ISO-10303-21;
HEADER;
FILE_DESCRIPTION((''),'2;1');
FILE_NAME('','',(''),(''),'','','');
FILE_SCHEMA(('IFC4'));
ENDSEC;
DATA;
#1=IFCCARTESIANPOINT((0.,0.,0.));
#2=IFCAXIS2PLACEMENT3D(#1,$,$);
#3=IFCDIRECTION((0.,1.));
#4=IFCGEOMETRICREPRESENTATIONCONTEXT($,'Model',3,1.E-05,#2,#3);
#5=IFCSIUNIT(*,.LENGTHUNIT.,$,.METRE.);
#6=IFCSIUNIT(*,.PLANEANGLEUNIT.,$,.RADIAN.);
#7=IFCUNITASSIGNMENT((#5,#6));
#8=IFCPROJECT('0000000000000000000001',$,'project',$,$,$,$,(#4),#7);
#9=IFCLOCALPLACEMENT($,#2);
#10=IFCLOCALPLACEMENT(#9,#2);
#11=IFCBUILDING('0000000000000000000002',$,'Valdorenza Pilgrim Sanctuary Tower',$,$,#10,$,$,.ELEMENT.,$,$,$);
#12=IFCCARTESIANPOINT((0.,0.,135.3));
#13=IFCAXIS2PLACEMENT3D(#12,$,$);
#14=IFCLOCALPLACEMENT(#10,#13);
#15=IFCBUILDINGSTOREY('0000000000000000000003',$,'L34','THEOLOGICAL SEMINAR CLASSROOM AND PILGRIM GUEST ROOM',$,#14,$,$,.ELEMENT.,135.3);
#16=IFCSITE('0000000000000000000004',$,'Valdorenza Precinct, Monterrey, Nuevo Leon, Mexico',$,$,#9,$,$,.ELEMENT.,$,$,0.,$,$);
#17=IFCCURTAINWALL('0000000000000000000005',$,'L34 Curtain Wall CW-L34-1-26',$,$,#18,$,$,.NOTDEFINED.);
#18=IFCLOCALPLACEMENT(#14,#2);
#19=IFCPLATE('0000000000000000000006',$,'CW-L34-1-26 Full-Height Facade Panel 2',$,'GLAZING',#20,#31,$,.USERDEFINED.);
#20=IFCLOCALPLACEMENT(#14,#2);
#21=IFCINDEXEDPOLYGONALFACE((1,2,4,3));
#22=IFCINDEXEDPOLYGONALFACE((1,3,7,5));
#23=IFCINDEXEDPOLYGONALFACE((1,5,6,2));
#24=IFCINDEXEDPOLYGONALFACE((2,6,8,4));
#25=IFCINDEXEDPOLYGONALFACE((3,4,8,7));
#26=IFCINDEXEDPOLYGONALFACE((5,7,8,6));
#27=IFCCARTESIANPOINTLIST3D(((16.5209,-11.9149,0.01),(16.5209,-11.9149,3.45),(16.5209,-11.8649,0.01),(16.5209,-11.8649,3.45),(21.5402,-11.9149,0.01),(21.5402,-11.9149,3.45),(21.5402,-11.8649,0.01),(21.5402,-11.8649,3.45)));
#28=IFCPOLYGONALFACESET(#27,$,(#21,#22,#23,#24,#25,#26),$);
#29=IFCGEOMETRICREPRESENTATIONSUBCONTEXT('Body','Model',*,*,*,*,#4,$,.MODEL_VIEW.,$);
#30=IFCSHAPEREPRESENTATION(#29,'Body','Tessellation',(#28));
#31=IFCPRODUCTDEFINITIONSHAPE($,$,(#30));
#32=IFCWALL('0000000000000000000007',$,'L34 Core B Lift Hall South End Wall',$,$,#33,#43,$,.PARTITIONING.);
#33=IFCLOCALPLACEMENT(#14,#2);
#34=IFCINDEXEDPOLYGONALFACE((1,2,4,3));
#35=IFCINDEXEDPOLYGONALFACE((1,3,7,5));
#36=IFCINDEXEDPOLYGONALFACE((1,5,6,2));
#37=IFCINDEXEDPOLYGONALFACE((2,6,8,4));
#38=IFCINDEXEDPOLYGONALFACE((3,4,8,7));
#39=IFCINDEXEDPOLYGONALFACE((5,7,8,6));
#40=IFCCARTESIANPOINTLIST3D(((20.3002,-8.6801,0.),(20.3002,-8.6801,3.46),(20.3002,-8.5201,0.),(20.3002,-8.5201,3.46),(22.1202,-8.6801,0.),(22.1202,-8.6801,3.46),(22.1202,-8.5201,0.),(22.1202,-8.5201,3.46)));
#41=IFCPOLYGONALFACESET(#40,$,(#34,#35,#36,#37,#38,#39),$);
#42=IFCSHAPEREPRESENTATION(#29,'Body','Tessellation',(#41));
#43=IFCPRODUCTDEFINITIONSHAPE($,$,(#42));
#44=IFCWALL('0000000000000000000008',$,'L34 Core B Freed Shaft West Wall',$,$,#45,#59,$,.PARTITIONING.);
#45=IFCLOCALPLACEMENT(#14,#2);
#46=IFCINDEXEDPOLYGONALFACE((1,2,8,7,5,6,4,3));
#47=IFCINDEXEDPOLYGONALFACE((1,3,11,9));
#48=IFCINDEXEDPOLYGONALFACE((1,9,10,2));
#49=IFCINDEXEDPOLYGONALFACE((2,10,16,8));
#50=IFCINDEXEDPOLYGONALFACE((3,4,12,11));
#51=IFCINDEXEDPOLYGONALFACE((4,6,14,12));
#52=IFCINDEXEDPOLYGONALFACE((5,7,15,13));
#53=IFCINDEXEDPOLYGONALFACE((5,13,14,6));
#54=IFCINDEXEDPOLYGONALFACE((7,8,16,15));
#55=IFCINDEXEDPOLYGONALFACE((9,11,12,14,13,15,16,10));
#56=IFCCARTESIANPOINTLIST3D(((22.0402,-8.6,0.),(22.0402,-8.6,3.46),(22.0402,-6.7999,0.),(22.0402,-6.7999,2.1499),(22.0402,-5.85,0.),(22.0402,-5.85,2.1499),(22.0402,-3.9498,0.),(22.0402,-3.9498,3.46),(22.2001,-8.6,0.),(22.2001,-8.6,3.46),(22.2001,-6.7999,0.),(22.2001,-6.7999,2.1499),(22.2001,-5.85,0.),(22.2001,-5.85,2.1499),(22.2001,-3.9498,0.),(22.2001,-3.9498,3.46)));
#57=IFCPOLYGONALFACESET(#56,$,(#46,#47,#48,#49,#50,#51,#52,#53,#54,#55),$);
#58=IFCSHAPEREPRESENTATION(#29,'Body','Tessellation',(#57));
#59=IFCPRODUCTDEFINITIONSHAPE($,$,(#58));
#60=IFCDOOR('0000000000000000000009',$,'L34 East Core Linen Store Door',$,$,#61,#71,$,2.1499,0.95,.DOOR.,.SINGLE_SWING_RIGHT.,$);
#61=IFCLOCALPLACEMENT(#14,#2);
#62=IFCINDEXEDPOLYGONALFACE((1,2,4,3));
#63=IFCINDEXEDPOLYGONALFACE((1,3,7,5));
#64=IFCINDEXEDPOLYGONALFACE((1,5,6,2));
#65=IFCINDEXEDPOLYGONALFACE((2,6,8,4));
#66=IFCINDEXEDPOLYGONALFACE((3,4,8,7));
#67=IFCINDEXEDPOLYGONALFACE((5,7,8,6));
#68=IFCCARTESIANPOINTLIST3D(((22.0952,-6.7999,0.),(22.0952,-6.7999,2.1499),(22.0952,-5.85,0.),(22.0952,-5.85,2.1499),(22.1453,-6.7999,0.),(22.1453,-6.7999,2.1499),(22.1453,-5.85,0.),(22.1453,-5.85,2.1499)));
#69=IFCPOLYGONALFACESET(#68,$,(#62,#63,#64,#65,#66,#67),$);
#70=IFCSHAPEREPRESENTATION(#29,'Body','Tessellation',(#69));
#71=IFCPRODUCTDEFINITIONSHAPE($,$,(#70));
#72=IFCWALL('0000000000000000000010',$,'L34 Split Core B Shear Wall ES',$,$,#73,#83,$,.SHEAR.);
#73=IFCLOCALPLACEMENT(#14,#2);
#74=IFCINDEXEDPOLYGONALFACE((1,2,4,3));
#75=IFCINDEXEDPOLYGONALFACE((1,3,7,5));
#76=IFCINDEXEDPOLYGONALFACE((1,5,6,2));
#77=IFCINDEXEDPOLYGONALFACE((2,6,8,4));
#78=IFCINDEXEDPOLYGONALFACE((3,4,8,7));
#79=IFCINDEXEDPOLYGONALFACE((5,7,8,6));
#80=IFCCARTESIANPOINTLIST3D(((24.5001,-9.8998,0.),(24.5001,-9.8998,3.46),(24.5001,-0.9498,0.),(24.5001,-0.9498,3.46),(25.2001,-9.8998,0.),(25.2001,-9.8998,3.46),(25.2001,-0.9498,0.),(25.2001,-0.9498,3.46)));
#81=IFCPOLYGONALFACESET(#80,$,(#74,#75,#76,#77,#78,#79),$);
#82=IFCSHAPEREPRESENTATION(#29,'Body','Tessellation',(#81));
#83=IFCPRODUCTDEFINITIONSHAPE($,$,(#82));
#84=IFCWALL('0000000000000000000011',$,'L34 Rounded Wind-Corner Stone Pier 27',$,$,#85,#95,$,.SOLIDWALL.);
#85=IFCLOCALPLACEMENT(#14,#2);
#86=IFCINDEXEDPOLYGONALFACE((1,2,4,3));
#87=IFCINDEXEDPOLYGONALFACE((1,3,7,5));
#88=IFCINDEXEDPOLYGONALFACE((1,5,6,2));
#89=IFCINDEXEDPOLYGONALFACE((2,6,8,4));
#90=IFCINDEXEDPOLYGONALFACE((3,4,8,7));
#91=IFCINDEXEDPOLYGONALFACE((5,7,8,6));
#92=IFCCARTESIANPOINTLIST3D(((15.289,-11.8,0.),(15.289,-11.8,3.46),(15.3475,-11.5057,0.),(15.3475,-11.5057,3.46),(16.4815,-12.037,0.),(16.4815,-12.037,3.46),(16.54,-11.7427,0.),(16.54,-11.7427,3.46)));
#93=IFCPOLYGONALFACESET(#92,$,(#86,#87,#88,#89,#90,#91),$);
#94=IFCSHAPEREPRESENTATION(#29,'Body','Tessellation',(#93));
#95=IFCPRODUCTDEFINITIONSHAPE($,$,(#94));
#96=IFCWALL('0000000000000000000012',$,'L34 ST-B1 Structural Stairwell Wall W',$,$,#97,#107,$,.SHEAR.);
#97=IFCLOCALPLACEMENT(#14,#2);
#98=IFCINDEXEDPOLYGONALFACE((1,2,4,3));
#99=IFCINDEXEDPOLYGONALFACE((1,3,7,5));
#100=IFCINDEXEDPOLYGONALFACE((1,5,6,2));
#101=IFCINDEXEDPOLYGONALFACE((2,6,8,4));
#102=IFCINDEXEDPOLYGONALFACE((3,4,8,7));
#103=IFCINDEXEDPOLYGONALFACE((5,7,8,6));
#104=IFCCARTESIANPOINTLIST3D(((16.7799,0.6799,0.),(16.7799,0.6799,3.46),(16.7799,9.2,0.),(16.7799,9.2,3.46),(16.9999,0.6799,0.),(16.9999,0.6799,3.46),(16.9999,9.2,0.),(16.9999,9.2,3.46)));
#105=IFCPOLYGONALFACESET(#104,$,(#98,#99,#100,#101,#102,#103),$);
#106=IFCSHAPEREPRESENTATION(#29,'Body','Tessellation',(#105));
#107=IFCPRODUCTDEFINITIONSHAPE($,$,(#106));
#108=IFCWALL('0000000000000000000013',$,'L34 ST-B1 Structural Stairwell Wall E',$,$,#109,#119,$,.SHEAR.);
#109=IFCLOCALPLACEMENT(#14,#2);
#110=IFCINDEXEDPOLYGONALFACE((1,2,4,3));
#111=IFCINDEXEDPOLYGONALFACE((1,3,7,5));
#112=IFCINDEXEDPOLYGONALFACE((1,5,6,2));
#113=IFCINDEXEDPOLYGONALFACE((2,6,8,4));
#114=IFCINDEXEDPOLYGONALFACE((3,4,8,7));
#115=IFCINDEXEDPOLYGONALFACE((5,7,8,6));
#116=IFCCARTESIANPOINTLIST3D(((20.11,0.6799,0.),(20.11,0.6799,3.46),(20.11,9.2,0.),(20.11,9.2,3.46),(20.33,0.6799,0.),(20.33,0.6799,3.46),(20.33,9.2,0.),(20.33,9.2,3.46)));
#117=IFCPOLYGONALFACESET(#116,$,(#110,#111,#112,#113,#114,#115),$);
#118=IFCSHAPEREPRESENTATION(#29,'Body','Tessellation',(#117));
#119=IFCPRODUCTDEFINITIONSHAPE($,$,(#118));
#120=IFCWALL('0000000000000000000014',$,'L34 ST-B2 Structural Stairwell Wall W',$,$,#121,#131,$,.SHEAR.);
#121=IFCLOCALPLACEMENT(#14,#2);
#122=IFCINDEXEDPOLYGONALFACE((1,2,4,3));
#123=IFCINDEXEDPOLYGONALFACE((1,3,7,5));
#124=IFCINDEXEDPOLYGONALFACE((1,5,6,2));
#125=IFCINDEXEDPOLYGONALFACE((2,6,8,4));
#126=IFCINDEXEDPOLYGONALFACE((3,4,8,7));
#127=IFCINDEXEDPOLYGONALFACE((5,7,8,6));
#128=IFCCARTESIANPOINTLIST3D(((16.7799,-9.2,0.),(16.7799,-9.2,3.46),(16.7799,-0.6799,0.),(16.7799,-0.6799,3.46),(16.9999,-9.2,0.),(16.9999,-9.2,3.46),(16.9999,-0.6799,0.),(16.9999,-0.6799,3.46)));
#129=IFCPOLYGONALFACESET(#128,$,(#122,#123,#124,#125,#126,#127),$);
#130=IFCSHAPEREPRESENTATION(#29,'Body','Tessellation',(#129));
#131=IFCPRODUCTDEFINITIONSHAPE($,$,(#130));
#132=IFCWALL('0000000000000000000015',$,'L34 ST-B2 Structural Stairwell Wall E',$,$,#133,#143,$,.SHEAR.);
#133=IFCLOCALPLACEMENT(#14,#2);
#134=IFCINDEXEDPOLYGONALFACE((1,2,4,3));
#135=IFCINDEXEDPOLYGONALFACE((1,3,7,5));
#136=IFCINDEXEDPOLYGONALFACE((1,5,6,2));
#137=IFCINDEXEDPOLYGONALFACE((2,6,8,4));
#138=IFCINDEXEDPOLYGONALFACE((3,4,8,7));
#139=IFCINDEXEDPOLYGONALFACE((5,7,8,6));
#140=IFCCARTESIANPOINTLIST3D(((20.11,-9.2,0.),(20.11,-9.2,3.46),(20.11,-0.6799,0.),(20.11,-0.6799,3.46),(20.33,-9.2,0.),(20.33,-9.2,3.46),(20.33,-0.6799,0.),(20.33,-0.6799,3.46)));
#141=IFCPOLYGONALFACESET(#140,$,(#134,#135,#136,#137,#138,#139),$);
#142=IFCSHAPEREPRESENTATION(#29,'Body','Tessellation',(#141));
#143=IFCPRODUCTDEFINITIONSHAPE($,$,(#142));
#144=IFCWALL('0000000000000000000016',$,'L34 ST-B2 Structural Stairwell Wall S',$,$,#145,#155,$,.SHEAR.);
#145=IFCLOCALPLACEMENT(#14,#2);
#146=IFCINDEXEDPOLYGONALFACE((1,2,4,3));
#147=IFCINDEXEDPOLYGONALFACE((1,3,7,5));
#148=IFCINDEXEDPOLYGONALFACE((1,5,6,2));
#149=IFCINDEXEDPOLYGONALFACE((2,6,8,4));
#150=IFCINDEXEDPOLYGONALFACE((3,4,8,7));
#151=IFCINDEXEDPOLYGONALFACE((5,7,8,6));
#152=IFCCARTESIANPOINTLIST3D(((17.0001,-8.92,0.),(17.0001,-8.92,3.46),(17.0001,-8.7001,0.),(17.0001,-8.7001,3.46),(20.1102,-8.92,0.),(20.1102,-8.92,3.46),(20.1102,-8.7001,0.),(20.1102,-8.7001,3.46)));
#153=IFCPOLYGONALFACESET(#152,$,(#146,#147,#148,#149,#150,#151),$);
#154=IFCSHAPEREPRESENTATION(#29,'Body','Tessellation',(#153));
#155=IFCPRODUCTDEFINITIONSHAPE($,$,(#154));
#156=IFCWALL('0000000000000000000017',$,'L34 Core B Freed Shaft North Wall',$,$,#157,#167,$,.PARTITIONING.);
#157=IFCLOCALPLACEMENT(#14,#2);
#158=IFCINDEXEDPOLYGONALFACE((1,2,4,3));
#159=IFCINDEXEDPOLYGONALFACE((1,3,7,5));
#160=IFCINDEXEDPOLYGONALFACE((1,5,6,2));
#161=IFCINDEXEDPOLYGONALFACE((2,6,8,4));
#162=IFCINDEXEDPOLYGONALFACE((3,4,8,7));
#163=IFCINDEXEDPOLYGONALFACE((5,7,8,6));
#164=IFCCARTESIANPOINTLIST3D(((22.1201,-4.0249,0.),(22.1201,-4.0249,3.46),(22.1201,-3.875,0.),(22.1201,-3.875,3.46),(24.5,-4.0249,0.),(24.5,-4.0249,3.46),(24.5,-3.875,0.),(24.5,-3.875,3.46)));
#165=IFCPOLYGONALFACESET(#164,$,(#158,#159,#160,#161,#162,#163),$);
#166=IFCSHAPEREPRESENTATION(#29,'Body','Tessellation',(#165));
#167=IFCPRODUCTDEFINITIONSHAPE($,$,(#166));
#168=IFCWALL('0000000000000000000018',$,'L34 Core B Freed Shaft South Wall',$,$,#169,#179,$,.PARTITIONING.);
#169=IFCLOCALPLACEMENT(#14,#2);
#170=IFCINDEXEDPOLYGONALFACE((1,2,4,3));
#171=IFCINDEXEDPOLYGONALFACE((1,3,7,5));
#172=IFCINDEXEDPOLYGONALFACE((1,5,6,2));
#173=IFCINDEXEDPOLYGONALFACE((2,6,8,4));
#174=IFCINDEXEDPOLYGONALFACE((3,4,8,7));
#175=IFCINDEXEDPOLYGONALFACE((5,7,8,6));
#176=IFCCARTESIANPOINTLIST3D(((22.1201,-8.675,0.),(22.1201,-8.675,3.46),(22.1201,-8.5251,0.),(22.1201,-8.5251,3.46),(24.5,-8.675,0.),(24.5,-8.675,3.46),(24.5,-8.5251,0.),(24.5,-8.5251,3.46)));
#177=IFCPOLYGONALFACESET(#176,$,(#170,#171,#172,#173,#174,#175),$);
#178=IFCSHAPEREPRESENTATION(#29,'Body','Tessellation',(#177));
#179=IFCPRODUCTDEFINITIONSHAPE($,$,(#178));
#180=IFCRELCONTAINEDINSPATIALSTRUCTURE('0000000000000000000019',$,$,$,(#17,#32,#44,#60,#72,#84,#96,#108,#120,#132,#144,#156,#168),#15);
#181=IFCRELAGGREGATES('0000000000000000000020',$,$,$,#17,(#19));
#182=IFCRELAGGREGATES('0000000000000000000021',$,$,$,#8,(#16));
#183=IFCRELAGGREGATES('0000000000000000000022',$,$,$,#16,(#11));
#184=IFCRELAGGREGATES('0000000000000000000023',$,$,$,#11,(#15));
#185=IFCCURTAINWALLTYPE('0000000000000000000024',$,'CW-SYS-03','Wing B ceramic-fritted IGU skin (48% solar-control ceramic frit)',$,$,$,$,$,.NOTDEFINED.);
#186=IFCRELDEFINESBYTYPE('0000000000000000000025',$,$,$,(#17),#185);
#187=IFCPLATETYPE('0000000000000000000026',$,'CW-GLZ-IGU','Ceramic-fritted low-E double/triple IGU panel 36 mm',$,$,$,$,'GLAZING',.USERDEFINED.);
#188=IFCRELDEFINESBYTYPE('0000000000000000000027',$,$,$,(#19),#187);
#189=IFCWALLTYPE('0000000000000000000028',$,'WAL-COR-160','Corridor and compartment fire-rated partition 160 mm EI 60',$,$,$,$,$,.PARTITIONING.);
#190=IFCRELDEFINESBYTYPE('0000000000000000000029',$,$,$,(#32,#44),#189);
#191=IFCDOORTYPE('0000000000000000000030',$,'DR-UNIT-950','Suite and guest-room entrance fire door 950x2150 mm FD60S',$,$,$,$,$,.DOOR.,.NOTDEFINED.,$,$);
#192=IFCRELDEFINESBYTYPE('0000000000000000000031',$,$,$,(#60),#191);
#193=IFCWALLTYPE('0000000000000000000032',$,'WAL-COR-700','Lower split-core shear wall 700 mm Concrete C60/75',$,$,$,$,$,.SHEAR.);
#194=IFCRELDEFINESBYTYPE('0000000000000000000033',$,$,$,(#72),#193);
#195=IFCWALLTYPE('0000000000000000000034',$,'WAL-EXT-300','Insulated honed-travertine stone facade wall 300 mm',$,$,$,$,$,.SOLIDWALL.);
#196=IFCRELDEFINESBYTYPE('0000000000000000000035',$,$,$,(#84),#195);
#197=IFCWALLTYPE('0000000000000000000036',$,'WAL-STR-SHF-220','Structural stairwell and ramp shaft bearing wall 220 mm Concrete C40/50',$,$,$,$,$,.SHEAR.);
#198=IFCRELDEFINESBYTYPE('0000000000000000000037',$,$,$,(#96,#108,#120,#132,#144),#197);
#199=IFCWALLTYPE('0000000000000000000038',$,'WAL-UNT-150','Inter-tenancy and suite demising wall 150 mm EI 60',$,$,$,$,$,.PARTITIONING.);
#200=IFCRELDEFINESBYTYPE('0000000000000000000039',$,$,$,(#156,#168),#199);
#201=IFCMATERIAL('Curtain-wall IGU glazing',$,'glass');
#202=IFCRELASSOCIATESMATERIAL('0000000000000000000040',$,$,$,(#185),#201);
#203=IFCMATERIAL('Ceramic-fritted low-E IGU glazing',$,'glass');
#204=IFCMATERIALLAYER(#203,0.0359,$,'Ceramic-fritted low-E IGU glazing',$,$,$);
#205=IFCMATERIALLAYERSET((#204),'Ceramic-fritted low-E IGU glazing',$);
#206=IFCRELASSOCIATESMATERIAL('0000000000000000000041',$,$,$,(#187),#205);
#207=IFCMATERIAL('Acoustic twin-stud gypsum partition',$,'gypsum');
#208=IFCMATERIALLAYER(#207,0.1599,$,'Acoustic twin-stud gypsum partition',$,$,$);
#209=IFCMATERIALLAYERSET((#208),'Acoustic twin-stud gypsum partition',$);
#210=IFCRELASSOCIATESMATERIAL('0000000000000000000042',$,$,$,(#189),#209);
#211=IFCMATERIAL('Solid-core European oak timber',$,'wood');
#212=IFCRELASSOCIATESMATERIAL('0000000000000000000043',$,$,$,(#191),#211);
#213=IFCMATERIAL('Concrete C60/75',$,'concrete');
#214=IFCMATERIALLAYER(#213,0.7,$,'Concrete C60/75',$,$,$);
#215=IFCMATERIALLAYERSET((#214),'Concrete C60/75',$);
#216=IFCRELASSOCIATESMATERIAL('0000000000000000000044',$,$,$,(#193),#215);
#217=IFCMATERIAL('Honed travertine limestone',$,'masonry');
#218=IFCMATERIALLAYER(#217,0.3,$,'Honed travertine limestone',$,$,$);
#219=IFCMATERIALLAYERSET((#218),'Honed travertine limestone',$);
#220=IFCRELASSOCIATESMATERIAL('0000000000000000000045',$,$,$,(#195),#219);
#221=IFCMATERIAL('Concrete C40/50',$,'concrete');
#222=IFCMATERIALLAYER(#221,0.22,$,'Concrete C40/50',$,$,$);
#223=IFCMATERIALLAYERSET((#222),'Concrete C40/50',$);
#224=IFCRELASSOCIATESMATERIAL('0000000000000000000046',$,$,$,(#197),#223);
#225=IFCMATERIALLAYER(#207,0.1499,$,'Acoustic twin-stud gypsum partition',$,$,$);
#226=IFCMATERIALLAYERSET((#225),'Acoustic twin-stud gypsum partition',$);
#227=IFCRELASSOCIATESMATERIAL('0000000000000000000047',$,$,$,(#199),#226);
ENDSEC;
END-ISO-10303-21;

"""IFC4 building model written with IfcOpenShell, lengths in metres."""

from ifc_helpers import new_model, si_unit, direction, frame, frame_2d, origin, origin_2d, place, context, subcontext, project, spatial, rectangle, extrude, source, transform, mapped, material, layer, layer_set, type_object, element, fill, aggregate, save


model = new_model("IFC4")

# Units and contexts
model_context = context("Model", 3, precision=1e-05, world=origin(), true_north=direction((0.0, 1.0)))
body_context = subcontext(model_context, "Body", "Model", "MODEL_VIEW")
ifc_project = project(units=[si_unit("LENGTHUNIT", "METRE"), si_unit("PLANEANGLEUNIT", "RADIAN")], contexts=[model_context])

# Site, building, storey
site_placement = place(None, origin())
site = spatial("IfcSite", under=ifc_project, at=site_placement, Name="Valdorenza Precinct, Monterrey, Nuevo Leon, Mexico", CompositionType="ELEMENT", RefElevation=0.0)
building_placement = place(site_placement, origin())
building = spatial("IfcBuilding", under=site, at=building_placement, Name="Valdorenza Pilgrim Sanctuary Tower", CompositionType="ELEMENT")
storey_placement = place(building_placement, frame((0.0, 0.0, 135.3)))
storey = spatial("IfcBuildingStorey", under=building, at=storey_placement, Name="L34", Description="THEOLOGICAL SEMINAR CLASSROOM AND PILGRIM GUEST ROOM", CompositionType="ELEMENT", Elevation=135.3)

# Shared definitions
ifc_material_1 = material(Name="Concrete C60/75", Category="concrete")

# Curtain wall, plate
ifc_material_2 = material(Name="Curtain-wall IGU glazing", Category="glass")
curtain_wall_type = type_object("IfcCurtainWallType", Name="CW-SYS-03", Description="Wing B ceramic-fritted IGU skin (48% solar-control ceramic frit)", PredefinedType="NOTDEFINED", material=ifc_material_2)
curtain_wall_placement = place(storey_placement, origin())
curtain_wall = element("IfcCurtainWall", 1, at=curtain_wall_placement, inside=storey, type_object=curtain_wall_type, Name="L34 Curtain Wall CW-L34-1-26", PredefinedType="NOTDEFINED")
ifc_material_3 = material(Name="Honed travertine limestone", Category="masonry")
ifc_material_4 = material(Name="Ceramic-fritted low-E IGU glazing", Category="glass")
ifc_layer_1 = layer(ifc_material_4, 0.0359, Name="Ceramic-fritted low-E IGU glazing")
ifc_layer_set_1 = layer_set([ifc_layer_1], Name="Ceramic-fritted low-E IGU glazing")
plate_type_1 = type_object("IfcPlateType", Name="CW-GLZ-IGU", Description="Ceramic-fritted low-E double/triple IGU panel 36 mm", ElementType="GLAZING", PredefinedType="USERDEFINED", material=ifc_layer_set_1)
shared_shape_1 = source(origin(), body_context, "Body", "SweptSolid", [
    extrude(rectangle(XDim=5.0193, YDim=0.05, at=origin_2d()), origin(), (0.0, 0.0, 1.0), 3.4399),
])
plate_1_placement = place(storey_placement, frame((19.0305, -11.8899, 0.01), z_axis=(0.0, 0.0, 1.0), x_axis=(-1.0, 0.0, 0.0)))
plate_1 = element("IfcPlate", 2, at=plate_1_placement, type_object=plate_type_1, Name="CW-L34-1-26 Full-Height Facade Panel 2", ObjectType="GLAZING", PredefinedType="USERDEFINED", context=body_context, shape_type="MappedRepresentation", body=[
    mapped(shared_shape_1, transform((0.0, 0.0, 0.0), x_axis=(1.0, 0.0, 0.0), y_axis=(0.0, 1.0, 0.0), z_axis=(0.0, 0.0, 1.0), scale=1.0)),
])
aggregate(curtain_wall, [plate_1])

# Wall
ifc_material_5 = material(Name="Acoustic twin-stud gypsum partition", Category="gypsum")
ifc_layer_2 = layer(ifc_material_5, 0.1599, Name="Acoustic twin-stud gypsum partition")
ifc_layer_set_2 = layer_set([ifc_layer_2], Name="Acoustic twin-stud gypsum partition")
wall_type_1 = type_object("IfcWallType", Name="WAL-COR-160", Description="Corridor and compartment fire-rated partition 160 mm EI 60", PredefinedType="PARTITIONING", material=ifc_layer_set_2)
wall_1_placement = place(storey_placement, frame((20.3, -8.6001, 0.0), z_axis=(0.0, 0.0, 1.0), x_axis=(1.0, 0.0, 0.0)))
element("IfcWall", 3, at=wall_1_placement, inside=storey, type_object=wall_type_1, Name="L34 Core B Lift Hall South End Wall", PredefinedType="PARTITIONING", context=body_context, shape_type="SweptSolid", body=[
    extrude(rectangle(XDim=1.8201, YDim=0.1599, at=frame_2d((0.9102, 0.0))), origin(), (0.0, 0.0, 1.0), 3.46),
])

# Wall, opening, door
wall_2_placement = place(storey_placement, frame((22.1201, -8.6001, 0.0), z_axis=(0.0, 0.0, 1.0), x_axis=(0.0, 1.0, 0.0)))
wall_2 = element("IfcWall", 4, at=wall_2_placement, inside=storey, type_object=wall_type_1, Name="L34 Core B Freed Shaft West Wall", PredefinedType="PARTITIONING", context=body_context, shape_type="SweptSolid", body=[
    extrude(rectangle(XDim=4.6501, YDim=0.1599, at=frame_2d((2.3252, 0.0))), origin(), (0.0, 0.0, 1.0), 3.46),
])
opening_1_placement = place(wall_2_placement, frame((1.8, 0.0, 0.0)))
opening_1 = element("IfcOpeningElement", 5, at=opening_1_placement, cuts=wall_2, PredefinedType="OPENING", context=body_context, shape_type="SweptSolid", body=[
    extrude(rectangle(XDim=0.95, YDim=2.1499, at=frame_2d((0.4751, 1.075))), frame((0.0, 0.0947, 0.0), z_axis=(0.0, -1.0, 0.0), x_axis=(1.0, 0.0, 0.0)), (0.0, 0.0, 1.0), 0.1897),
])
ifc_material_6 = material(Name="Solid-core European oak timber", Category="wood")
door_type_1 = type_object("IfcDoorType", Name="DR-UNIT-950", Description="Suite and guest-room entrance fire door 950x2150 mm FD60S", OperationType="NOTDEFINED", PredefinedType="DOOR", material=ifc_material_6)
door_1_placement = place(opening_1_placement, origin())
door_1 = element("IfcDoor", 6, at=door_1_placement, inside=storey, type_object=door_type_1, Name="L34 East Core Linen Store Door", OperationType="SINGLE_SWING_RIGHT", OverallHeight=2.1499, OverallWidth=0.95, PredefinedType="DOOR", context=body_context, shape_type="SweptSolid", body=[
    extrude(rectangle(XDim=0.95, YDim=2.1499, at=frame_2d((0.4751, 1.075))), frame((0.0, 0.0249, 0.0), z_axis=(0.0, -1.0, 0.0), x_axis=(1.0, 0.0, 0.0)), (0.0, 0.0, 1.0), 0.05),
])
fill(opening_1, door_1)

# Walls
ifc_layer_3 = layer(ifc_material_1, 0.7, Name="Concrete C60/75")
ifc_layer_set_3 = layer_set([ifc_layer_3], Name="Concrete C60/75")
wall_type_2 = type_object("IfcWallType", Name="WAL-COR-700", Description="Lower split-core shear wall 700 mm Concrete C60/75", PredefinedType="SHEAR", material=ifc_layer_set_3)
wall_3_placement = place(storey_placement, frame((24.8501, -9.8999, 0.0), z_axis=(0.0, 0.0, 1.0), x_axis=(0.0, 1.0, 0.0)))
element("IfcWall", 7, at=wall_3_placement, inside=storey, type_object=wall_type_2, Name="L34 Split Core B Shear Wall ES", PredefinedType="SHEAR", context=body_context, shape_type="SweptSolid", body=[
    extrude(rectangle(XDim=8.95, YDim=0.7, at=frame_2d((4.4751, 0.0))), origin(), (0.0, 0.0, 1.0), 3.46),
])
ifc_layer_4 = layer(ifc_material_3, 0.3, Name="Honed travertine limestone")
ifc_layer_set_4 = layer_set([ifc_layer_4], Name="Honed travertine limestone")
wall_type_3 = type_object("IfcWallType", Name="WAL-EXT-300", Description="Insulated honed-travertine stone facade wall 300 mm", PredefinedType="SOLIDWALL", material=ifc_layer_set_4)
wall_4_placement = place(storey_placement, frame((16.5107, -11.8899, 0.0), z_axis=(0.0, 0.0, 1.0), x_axis=(-0.980804, 0.194996, 0.0)))
element("IfcWall", 8, at=wall_4_placement, inside=storey, type_object=wall_type_3, Name="L34 Rounded Wind-Corner Stone Pier 27", PredefinedType="SOLIDWALL", context=body_context, shape_type="SweptSolid", body=[
    extrude(rectangle(XDim=1.2158, YDim=0.3, at=frame_2d((0.6079, 0.0))), origin(), (0.0, 0.0, 1.0), 3.46),
])

# Walls
ifc_material_7 = material(Name="Concrete C40/50", Category="concrete")
ifc_layer_5 = layer(ifc_material_7, 0.22, Name="Concrete C40/50")
ifc_layer_set_5 = layer_set([ifc_layer_5], Name="Concrete C40/50")
wall_type_4 = type_object("IfcWallType", Name="WAL-STR-SHF-220", Description="Structural stairwell and ramp shaft bearing wall 220 mm Concrete C40/50", PredefinedType="SHEAR", material=ifc_layer_set_5)
for number, where, z_axis, x_axis, name in (
    (9, (16.8899, 0.6799, 0.0), (0.0, 0.0, 1.0), (0.0, 1.0, 0.0), "L34 ST-B1 Structural Stairwell Wall W"),
    (10, (20.22, 0.6799, 0.0), (0.0, 0.0, 1.0), (0.0, 1.0, 0.0), "L34 ST-B1 Structural Stairwell Wall E"),
    (11, (16.8899, -9.2, 0.0), (0.0, 0.0, 1.0), (0.0, 1.0, 0.0), "L34 ST-B2 Structural Stairwell Wall W"),
    (12, (20.22, -9.2, 0.0), (0.0, 0.0, 1.0), (0.0, 1.0, 0.0), "L34 ST-B2 Structural Stairwell Wall E"),
):
    element("IfcWall", number, at=place(storey_placement, frame(where, z_axis=z_axis, x_axis=x_axis)), inside=storey, type_object=wall_type_4, Name=name, PredefinedType="SHEAR", context=body_context, shape_type="SweptSolid", body=[
        extrude(rectangle(XDim=8.52, YDim=0.22, at=frame_2d((4.26, 0.0))), origin(), (0.0, 0.0, 1.0), 3.46),
    ])
wall_5_placement = place(storey_placement, frame((17.0, -8.8101, 0.0), z_axis=(0.0, 0.0, 1.0), x_axis=(1.0, 0.0, 0.0)))
element("IfcWall", 13, at=wall_5_placement, inside=storey, type_object=wall_type_4, Name="L34 ST-B2 Structural Stairwell Wall S", PredefinedType="SHEAR", context=body_context, shape_type="SweptSolid", body=[
    extrude(rectangle(XDim=3.1101, YDim=0.22, at=frame_2d((1.5552, 0.0))), origin(), (0.0, 0.0, 1.0), 3.46),
])

# Walls
ifc_layer_6 = layer(ifc_material_5, 0.1499, Name="Acoustic twin-stud gypsum partition")
ifc_layer_set_6 = layer_set([ifc_layer_6], Name="Acoustic twin-stud gypsum partition")
wall_type_5 = type_object("IfcWallType", Name="WAL-UNT-150", Description="Inter-tenancy and suite demising wall 150 mm EI 60", PredefinedType="PARTITIONING", material=ifc_layer_set_6)
for number, where, z_axis, x_axis, name in (
    (14, (22.1201, -3.95, 0.0), (0.0, 0.0, 1.0), (1.0, 0.0, 0.0), "L34 Core B Freed Shaft North Wall"),
    (15, (22.1201, -8.6001, 0.0), (0.0, 0.0, 1.0), (1.0, 0.0, 0.0), "L34 Core B Freed Shaft South Wall"),
):
    element("IfcWall", number, at=place(storey_placement, frame(where, z_axis=z_axis, x_axis=x_axis)), inside=storey, type_object=wall_type_5, Name=name, PredefinedType="PARTITIONING", context=body_context, shape_type="SweptSolid", body=[
        extrude(rectangle(XDim=2.3799, YDim=0.1499, at=frame_2d((1.1899, 0.0))), origin(), (0.0, 0.0, 1.0), 3.46),
    ])

save(model, "model.ifc")
